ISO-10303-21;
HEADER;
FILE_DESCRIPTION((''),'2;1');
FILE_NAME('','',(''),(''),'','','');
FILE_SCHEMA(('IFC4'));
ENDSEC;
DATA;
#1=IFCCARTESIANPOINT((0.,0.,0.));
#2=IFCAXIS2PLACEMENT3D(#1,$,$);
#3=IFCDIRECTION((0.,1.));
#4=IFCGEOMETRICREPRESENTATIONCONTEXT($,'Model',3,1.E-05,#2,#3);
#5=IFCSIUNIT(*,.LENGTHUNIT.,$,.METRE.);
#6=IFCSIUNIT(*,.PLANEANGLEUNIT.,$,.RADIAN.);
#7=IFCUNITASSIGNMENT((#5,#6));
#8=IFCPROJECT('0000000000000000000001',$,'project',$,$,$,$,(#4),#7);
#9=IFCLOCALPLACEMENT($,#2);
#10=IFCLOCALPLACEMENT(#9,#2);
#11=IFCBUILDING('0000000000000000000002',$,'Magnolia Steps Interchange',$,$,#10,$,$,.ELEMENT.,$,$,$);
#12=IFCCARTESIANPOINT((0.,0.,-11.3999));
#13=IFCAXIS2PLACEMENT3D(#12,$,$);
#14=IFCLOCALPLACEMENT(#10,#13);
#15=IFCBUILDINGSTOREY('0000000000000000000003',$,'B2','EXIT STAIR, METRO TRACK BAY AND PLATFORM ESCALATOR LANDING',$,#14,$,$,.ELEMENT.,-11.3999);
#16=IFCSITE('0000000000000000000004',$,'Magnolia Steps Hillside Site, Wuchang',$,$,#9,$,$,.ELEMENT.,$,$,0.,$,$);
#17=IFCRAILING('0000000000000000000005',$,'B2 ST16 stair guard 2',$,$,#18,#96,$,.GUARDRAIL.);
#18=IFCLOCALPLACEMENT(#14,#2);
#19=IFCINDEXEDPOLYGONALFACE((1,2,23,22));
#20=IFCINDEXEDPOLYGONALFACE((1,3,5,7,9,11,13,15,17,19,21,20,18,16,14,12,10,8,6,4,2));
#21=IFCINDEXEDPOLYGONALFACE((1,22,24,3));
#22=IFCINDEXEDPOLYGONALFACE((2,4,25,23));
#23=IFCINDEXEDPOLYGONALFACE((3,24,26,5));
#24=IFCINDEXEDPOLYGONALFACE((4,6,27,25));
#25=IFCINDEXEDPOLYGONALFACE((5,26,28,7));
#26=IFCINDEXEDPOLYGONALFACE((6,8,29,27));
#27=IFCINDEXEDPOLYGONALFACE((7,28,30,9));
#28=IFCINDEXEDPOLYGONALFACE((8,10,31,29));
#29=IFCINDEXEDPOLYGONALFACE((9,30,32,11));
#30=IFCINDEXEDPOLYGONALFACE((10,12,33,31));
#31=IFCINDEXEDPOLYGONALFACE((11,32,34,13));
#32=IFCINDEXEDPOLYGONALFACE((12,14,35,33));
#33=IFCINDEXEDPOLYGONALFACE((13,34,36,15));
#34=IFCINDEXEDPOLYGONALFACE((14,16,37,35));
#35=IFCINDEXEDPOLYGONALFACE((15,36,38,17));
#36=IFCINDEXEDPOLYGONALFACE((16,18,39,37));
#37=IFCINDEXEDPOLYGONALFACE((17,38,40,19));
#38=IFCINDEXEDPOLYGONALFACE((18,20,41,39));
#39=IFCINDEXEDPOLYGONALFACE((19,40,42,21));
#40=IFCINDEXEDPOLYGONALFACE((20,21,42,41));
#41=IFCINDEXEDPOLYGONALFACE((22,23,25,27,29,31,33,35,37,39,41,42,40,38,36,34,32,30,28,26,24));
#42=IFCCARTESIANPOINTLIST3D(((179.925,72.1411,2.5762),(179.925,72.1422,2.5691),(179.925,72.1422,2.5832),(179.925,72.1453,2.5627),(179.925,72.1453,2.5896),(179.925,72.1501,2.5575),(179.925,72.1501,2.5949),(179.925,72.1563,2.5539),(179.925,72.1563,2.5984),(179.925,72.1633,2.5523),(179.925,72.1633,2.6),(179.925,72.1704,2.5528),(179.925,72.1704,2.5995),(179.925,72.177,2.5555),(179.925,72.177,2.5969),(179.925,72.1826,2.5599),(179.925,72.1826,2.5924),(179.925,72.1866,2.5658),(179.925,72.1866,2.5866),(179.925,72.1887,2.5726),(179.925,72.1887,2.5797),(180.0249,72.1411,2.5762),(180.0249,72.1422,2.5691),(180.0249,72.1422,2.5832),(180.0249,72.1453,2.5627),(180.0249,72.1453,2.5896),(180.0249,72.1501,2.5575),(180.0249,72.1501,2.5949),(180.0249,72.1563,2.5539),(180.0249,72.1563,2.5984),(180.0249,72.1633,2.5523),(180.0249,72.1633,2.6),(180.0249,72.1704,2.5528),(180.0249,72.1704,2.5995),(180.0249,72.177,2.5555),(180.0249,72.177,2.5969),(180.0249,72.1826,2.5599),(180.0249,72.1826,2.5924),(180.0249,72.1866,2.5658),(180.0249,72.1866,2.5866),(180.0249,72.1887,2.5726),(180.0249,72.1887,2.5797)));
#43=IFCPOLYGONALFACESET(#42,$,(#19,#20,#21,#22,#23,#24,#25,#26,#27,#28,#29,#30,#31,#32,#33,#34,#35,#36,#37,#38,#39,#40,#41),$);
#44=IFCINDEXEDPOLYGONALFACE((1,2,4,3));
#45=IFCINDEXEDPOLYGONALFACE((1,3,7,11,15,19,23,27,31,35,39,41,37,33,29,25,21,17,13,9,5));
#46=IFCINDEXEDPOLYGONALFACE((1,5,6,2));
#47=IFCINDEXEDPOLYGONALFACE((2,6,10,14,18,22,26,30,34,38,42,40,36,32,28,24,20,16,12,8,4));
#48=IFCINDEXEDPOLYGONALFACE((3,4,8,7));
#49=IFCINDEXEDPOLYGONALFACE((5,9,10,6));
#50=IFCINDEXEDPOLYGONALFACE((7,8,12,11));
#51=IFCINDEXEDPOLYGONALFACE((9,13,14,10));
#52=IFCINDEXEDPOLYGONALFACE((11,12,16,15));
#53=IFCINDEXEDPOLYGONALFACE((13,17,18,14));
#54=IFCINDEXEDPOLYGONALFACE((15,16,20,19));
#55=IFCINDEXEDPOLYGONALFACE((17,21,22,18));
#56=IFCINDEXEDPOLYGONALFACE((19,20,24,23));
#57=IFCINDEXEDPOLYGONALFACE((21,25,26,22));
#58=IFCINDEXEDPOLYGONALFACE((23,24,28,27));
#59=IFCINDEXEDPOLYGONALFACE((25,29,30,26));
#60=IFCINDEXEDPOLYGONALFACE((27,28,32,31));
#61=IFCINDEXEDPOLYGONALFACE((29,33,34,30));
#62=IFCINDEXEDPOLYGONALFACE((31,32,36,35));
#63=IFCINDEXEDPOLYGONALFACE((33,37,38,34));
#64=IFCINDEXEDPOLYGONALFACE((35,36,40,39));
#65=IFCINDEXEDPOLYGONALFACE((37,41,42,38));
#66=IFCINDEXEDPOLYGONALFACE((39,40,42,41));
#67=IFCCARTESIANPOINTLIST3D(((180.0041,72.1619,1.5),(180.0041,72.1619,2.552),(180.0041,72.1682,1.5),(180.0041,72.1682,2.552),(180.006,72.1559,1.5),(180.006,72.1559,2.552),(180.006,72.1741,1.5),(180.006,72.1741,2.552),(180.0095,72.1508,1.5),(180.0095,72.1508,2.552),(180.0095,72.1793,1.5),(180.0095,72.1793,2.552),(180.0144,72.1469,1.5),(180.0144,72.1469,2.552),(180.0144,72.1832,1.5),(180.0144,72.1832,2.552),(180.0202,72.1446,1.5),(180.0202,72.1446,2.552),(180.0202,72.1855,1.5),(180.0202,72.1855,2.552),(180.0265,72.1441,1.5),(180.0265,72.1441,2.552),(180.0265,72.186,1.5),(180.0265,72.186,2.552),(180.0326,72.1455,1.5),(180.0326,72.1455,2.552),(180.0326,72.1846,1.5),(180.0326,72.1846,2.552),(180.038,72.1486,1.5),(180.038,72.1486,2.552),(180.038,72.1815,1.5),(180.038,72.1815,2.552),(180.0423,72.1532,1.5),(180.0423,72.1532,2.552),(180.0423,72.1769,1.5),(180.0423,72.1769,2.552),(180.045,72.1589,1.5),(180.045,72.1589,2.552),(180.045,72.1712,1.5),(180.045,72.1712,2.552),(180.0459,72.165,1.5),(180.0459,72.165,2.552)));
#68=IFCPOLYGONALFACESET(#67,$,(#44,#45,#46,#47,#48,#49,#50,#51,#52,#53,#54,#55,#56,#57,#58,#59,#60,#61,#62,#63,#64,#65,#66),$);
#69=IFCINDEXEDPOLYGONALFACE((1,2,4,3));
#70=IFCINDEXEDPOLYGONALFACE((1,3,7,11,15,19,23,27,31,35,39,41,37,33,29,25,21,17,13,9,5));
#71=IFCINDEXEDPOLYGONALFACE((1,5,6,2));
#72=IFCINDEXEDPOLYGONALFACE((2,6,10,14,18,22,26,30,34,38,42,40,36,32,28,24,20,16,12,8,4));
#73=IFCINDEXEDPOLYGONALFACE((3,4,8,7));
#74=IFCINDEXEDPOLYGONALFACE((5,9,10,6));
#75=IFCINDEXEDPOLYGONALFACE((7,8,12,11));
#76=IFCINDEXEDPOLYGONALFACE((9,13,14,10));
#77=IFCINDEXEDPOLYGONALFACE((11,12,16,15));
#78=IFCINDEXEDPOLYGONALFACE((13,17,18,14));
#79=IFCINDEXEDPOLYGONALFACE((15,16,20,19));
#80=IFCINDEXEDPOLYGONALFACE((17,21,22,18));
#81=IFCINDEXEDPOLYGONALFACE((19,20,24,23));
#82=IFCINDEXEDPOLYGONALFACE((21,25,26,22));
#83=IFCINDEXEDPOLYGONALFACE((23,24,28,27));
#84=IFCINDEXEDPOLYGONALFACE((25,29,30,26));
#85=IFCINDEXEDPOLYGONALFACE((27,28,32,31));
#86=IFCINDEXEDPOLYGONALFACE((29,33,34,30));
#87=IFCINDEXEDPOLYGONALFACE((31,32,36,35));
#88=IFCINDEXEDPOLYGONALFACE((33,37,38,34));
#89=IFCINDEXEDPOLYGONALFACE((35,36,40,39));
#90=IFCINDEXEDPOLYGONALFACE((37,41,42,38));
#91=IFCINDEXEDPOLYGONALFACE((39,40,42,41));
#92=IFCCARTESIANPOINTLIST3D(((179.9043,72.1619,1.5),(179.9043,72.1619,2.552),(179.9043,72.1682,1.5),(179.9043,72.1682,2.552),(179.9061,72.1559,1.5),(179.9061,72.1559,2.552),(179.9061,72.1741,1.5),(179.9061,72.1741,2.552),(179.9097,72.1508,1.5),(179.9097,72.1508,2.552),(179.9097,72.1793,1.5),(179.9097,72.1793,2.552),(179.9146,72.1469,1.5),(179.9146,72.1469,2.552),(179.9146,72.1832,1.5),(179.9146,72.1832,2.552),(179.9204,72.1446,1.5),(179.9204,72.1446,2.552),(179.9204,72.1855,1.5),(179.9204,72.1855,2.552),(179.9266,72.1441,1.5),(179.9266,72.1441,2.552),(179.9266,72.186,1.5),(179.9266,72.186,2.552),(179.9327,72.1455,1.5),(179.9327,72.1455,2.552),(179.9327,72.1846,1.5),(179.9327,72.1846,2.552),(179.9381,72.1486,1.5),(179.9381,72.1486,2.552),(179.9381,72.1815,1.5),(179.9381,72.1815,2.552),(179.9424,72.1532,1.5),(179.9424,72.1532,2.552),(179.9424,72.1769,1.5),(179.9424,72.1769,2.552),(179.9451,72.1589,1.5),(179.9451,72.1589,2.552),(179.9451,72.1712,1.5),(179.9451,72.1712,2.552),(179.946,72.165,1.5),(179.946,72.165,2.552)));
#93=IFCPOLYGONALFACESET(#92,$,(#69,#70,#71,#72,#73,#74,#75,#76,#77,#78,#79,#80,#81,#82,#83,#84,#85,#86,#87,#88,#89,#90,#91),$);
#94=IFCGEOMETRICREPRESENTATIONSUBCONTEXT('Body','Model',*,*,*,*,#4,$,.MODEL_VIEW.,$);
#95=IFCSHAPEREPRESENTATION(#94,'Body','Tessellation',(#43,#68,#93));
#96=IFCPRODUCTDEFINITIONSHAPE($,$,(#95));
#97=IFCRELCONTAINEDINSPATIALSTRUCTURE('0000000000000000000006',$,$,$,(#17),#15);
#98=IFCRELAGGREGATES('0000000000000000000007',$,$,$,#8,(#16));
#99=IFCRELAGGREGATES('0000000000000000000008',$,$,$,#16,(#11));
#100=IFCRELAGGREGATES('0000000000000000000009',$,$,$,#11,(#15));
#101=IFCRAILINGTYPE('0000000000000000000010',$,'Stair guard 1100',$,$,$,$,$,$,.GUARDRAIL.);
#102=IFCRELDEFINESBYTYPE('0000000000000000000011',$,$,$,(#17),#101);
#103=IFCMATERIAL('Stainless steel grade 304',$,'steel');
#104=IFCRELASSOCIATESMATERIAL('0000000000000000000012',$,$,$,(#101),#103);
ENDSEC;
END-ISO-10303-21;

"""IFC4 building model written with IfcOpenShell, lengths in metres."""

from ifc_helpers import new_model, si_unit, direction, frame, origin, origin_2d, place, context, subcontext, project, spatial, circle, extrude, material, type_object, element, save


model = new_model("IFC4")

# Units and contexts
model_context = context("Model", 3, precision=1e-05, world=origin(), true_north=direction((0.0, 1.0)))
body_context = subcontext(model_context, "Body", "Model", "MODEL_VIEW")
ifc_project = project(units=[si_unit("LENGTHUNIT", "METRE"), si_unit("PLANEANGLEUNIT", "RADIAN")], contexts=[model_context])

# Site, building, storey
site_placement = place(None, origin())
site = spatial("IfcSite", under=ifc_project, at=site_placement, Name="Magnolia Steps Hillside Site, Wuchang", CompositionType="ELEMENT", RefElevation=0.0)
building_placement = place(site_placement, origin())
building = spatial("IfcBuilding", under=site, at=building_placement, Name="Magnolia Steps Interchange", CompositionType="ELEMENT")
storey_placement = place(building_placement, frame((0.0, 0.0, -11.3999)))
storey = spatial("IfcBuildingStorey", under=building, at=storey_placement, Name="B2", Description="EXIT STAIR, METRO TRACK BAY AND PLATFORM ESCALATOR LANDING", CompositionType="ELEMENT", Elevation=-11.3999)

# Railing
ifc_material_1 = material(Name="Stainless steel grade 304", Category="steel")
railing_type_1 = type_object("IfcRailingType", Name="Stair guard 1100", PredefinedType="GUARDRAIL", material=ifc_material_1)
railing_1_placement = place(storey_placement, frame((180.0249, 72.165, 1.5)))
element("IfcRailing", 1, at=railing_1_placement, inside=storey, type_object=railing_type_1, Name="B2 ST16 stair guard 2", PredefinedType="GUARDRAIL", context=body_context, shape_type="SweptSolid", body=[
    extrude(circle(Radius=0.0239, at=origin_2d()), frame((0.0, 0.0, 1.0762), z_axis=(-1.0, 0.0, 0.0), x_axis=(0.0, -1.0, 0.0)), (0.0, 0.0, 1.0), 0.0999),
    extrude(circle(Radius=0.021, at=origin_2d()), origin(), (0.0, 0.0, 1.0), 1.052),
    extrude(circle(Radius=0.021, at=origin_2d()), frame((-0.0999, 0.0, 0.0)), (0.0, 0.0, 1.0), 1.052),
])

save(model, "model.ifc")
